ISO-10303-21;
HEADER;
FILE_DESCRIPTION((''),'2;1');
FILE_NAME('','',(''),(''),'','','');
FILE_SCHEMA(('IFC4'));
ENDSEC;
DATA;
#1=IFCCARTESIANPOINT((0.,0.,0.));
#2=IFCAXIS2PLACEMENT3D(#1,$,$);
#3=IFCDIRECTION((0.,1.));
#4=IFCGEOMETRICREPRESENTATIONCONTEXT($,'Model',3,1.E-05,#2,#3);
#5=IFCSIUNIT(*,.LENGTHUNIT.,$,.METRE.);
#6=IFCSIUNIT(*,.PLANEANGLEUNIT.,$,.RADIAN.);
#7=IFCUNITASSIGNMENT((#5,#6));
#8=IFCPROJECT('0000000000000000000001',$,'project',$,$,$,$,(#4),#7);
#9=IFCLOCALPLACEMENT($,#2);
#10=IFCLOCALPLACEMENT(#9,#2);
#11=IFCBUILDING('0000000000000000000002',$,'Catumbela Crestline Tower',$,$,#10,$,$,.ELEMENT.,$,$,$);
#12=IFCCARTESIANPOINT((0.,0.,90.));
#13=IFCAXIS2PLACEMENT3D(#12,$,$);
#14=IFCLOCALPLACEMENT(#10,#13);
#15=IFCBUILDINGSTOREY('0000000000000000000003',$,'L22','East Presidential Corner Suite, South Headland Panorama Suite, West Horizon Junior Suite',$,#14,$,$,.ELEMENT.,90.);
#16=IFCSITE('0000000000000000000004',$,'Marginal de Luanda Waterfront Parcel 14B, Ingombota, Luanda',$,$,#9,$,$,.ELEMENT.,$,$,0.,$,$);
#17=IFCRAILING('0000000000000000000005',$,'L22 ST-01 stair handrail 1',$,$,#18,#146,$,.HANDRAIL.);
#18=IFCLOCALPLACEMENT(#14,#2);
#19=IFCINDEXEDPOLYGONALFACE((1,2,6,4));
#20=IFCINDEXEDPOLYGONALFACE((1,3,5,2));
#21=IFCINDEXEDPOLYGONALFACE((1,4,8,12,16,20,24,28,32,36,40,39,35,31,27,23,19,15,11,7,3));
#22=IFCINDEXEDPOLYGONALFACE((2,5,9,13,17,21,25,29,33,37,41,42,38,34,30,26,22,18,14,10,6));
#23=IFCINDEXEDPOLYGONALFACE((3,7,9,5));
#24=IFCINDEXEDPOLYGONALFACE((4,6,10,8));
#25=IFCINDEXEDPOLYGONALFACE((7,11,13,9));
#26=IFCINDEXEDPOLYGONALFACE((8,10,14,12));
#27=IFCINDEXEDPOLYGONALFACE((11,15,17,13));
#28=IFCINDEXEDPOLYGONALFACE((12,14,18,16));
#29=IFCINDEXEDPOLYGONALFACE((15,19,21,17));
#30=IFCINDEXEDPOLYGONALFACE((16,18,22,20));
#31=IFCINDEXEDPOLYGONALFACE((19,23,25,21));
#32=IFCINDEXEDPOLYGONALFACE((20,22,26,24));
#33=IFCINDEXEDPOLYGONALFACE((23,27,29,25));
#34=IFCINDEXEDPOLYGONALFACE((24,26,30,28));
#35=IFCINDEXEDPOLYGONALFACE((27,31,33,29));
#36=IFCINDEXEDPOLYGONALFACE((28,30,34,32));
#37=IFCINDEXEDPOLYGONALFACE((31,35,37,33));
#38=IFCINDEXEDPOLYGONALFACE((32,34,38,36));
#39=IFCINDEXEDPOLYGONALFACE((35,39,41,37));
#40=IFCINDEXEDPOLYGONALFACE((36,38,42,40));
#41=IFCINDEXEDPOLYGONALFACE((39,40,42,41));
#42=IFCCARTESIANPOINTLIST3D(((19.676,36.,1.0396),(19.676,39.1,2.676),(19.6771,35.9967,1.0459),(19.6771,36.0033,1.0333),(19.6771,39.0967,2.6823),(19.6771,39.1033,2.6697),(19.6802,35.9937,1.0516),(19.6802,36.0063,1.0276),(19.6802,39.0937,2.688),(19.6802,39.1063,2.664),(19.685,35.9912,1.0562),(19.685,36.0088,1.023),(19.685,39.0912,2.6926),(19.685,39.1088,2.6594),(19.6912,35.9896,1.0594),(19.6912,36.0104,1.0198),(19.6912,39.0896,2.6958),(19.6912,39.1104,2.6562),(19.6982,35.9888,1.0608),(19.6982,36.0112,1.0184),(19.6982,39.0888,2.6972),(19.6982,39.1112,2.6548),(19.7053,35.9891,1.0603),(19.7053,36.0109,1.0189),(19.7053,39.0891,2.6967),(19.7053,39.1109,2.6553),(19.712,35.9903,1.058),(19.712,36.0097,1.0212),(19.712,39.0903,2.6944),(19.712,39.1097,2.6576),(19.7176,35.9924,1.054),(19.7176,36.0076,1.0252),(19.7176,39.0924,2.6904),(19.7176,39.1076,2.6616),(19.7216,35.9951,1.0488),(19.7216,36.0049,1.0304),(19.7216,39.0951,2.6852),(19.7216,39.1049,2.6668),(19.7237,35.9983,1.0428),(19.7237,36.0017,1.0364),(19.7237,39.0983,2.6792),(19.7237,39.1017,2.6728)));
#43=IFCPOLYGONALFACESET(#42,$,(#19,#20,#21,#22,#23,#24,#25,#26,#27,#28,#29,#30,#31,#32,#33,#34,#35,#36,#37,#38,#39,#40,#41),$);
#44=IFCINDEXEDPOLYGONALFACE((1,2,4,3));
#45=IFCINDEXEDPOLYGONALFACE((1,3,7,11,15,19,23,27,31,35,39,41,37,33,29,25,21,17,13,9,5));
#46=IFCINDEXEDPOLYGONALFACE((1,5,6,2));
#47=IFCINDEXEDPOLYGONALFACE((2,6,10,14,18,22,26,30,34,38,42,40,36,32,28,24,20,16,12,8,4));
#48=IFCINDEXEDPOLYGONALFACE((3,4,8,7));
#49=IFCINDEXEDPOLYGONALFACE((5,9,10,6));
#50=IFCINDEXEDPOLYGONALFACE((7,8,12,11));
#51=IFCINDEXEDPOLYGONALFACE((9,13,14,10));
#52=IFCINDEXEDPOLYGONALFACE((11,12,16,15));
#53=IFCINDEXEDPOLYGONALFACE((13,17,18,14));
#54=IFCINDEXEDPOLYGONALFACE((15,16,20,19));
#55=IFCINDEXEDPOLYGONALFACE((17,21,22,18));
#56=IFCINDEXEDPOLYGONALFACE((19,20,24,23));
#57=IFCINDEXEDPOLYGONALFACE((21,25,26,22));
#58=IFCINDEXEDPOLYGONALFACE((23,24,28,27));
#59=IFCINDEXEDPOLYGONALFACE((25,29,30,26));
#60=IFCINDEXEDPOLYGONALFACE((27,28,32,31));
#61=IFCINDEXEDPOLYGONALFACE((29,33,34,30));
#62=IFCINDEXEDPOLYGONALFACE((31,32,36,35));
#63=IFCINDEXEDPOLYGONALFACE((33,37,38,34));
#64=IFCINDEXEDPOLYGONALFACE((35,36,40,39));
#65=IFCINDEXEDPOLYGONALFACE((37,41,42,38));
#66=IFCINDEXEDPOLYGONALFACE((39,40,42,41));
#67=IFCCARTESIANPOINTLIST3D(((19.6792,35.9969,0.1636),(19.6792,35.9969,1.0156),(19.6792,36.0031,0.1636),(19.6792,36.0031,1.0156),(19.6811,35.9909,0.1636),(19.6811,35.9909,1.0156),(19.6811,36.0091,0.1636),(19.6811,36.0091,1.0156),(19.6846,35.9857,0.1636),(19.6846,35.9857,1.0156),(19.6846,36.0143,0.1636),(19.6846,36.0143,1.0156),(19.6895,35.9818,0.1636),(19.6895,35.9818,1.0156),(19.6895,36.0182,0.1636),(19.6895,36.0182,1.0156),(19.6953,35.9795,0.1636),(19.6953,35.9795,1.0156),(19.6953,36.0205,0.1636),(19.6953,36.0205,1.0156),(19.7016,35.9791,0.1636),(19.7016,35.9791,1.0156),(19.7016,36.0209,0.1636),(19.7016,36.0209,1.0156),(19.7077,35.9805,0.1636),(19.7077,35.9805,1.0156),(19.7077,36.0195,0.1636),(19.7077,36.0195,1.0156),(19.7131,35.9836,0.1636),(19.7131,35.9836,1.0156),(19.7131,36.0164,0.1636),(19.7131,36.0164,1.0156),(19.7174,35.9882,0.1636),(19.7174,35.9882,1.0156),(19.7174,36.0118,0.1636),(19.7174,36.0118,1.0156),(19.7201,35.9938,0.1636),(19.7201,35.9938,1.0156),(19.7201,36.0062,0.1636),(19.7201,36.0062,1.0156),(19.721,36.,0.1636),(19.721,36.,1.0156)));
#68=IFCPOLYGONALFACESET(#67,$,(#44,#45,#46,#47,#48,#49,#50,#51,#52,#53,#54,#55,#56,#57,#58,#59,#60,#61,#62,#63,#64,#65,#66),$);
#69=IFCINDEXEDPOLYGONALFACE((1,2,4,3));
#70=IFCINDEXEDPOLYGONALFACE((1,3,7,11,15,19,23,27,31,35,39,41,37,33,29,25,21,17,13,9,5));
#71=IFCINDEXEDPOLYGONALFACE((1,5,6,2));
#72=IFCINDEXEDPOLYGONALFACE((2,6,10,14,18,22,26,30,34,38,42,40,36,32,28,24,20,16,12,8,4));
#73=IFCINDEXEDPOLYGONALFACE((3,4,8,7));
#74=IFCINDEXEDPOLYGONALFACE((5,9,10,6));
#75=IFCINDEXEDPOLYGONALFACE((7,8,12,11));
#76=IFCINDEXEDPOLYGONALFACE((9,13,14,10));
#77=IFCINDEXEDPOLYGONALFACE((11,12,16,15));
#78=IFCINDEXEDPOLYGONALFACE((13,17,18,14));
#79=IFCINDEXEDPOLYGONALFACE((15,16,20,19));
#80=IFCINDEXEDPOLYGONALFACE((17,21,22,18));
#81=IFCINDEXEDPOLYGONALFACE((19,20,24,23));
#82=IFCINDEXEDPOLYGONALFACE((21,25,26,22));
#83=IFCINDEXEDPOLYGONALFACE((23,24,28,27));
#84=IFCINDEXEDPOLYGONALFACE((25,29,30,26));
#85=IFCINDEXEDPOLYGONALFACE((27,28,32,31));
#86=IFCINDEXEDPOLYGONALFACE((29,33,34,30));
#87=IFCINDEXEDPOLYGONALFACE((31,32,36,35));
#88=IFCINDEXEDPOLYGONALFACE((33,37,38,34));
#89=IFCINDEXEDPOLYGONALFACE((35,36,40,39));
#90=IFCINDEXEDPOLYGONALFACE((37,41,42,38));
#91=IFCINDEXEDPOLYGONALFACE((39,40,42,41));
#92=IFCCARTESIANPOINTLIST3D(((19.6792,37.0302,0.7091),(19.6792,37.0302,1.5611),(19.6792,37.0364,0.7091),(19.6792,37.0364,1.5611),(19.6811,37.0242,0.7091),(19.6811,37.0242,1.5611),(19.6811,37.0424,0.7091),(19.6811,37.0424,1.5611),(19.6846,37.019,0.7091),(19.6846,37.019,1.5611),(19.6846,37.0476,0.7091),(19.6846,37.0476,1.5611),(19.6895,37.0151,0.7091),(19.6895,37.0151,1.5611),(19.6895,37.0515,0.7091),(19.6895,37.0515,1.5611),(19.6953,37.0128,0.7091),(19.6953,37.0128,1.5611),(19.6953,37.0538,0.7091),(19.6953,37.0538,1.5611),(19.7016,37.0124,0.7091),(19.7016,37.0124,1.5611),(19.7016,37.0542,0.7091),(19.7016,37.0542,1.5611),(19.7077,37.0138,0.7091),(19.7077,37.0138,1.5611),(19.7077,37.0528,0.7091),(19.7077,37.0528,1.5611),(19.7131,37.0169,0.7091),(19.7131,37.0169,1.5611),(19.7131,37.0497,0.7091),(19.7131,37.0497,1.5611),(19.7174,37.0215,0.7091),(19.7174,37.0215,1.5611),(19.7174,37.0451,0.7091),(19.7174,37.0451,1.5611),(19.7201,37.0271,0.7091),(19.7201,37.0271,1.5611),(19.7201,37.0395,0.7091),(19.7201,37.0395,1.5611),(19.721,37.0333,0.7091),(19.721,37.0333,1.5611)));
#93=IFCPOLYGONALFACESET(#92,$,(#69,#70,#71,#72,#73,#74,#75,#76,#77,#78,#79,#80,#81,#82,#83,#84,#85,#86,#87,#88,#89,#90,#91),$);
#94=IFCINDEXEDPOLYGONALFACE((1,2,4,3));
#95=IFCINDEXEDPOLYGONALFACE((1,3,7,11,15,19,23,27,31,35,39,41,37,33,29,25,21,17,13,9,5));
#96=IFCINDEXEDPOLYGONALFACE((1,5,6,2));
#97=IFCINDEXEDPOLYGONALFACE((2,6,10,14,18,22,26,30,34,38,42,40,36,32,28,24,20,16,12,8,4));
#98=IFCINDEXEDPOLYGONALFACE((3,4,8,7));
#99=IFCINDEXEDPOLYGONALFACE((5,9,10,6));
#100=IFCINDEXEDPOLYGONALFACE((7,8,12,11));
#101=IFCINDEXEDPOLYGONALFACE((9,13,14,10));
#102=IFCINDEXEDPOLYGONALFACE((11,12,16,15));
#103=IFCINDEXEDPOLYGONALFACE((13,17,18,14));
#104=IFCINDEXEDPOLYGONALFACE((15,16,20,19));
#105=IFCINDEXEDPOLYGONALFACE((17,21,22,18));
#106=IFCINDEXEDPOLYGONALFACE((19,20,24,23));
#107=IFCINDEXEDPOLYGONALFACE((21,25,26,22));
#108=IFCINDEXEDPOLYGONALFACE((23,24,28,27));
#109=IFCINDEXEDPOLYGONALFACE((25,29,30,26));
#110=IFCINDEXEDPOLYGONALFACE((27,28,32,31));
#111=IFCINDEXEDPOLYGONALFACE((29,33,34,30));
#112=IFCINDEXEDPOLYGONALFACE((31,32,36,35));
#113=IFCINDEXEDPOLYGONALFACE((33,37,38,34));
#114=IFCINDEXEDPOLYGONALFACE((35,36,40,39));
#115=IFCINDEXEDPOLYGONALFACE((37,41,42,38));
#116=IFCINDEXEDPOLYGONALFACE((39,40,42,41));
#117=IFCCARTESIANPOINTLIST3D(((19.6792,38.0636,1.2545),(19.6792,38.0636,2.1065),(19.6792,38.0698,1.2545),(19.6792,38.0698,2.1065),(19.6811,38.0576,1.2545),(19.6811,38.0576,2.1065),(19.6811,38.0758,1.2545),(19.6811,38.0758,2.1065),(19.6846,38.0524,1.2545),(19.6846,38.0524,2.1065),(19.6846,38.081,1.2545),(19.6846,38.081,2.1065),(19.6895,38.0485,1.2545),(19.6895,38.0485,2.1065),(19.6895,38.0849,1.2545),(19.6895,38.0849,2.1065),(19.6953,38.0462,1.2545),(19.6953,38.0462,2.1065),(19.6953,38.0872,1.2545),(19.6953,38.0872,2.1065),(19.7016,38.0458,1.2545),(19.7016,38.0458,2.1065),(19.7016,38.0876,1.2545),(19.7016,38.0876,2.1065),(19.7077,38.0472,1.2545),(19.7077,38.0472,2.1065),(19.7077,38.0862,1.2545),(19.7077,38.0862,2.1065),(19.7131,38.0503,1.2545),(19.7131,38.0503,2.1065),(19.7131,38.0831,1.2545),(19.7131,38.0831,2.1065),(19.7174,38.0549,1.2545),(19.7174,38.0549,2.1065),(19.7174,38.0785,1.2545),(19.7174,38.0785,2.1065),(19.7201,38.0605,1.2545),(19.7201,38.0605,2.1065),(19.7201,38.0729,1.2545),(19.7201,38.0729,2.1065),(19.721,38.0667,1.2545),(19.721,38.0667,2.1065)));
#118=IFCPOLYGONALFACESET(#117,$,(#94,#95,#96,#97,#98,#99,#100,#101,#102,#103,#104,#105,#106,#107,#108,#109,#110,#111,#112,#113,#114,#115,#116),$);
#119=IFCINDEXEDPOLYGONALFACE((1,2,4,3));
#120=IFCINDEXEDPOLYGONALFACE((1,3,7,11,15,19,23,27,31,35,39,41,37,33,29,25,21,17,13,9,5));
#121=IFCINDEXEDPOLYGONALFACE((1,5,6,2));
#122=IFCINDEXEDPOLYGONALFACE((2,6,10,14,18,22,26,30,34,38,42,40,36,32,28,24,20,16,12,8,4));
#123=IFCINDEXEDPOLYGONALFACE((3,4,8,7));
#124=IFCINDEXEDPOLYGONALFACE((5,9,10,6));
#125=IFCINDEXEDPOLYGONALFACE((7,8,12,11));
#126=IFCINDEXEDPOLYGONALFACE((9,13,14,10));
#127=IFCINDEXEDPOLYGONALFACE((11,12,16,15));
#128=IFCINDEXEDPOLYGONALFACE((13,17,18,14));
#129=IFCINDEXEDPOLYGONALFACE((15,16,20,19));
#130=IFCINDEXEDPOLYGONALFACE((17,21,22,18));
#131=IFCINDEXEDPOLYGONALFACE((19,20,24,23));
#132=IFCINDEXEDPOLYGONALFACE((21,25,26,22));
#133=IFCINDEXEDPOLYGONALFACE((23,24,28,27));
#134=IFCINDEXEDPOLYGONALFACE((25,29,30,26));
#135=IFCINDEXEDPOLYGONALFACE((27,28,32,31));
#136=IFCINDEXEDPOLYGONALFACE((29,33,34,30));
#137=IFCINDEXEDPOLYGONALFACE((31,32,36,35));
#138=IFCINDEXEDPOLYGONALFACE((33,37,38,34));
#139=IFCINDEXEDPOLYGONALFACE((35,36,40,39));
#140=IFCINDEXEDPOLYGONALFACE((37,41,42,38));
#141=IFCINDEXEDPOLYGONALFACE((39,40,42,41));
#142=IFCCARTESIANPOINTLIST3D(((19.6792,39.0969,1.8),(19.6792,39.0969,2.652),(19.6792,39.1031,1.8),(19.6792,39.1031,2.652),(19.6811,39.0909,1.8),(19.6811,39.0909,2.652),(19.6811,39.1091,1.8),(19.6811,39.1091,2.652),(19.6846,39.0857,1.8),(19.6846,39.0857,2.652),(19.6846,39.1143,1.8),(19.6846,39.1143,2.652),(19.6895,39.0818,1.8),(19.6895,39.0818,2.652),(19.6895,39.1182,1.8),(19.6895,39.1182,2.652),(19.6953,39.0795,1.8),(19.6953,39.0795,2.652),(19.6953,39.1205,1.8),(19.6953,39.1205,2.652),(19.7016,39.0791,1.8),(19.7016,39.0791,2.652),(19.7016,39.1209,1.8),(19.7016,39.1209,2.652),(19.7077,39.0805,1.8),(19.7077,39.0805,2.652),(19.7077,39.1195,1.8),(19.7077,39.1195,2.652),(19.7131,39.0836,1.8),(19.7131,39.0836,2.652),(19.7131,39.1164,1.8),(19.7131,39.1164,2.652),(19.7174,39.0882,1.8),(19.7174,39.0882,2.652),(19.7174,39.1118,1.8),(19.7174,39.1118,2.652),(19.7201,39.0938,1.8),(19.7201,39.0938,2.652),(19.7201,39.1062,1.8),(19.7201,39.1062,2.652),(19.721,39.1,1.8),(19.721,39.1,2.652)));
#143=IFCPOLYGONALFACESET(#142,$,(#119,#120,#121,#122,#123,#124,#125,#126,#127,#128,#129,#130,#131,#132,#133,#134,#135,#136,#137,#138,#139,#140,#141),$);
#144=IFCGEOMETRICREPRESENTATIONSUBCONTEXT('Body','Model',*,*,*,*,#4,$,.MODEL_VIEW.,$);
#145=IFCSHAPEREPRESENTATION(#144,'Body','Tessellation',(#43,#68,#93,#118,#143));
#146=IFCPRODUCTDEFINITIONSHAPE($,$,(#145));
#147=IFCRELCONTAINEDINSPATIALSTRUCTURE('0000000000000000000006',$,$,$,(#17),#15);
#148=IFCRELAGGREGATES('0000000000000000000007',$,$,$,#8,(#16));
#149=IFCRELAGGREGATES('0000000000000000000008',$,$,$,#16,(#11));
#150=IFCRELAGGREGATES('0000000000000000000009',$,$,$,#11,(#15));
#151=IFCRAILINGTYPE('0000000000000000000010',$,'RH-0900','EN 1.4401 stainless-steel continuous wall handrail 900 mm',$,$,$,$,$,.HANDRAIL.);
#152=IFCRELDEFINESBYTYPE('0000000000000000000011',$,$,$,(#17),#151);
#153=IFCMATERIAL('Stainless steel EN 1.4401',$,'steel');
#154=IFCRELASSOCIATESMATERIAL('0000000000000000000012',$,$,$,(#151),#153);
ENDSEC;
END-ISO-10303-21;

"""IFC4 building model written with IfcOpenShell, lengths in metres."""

from ifc_helpers import new_model, si_unit, direction, frame, origin, origin_2d, place, context, subcontext, project, spatial, circle, extrude, material, type_object, element, save


model = new_model("IFC4")

# Units and contexts
model_context = context("Model", 3, precision=1e-05, world=origin(), true_north=direction((0.0, 1.0)))
body_context = subcontext(model_context, "Body", "Model", "MODEL_VIEW")
ifc_project = project(units=[si_unit("LENGTHUNIT", "METRE"), si_unit("PLANEANGLEUNIT", "RADIAN")], contexts=[model_context])

# Site, building, storey
site_placement = place(None, origin())
site = spatial("IfcSite", under=ifc_project, at=site_placement, Name="Marginal de Luanda Waterfront Parcel 14B, Ingombota, Luanda", CompositionType="ELEMENT", RefElevation=0.0)
building_placement = place(site_placement, origin())
building = spatial("IfcBuilding", under=site, at=building_placement, Name="Catumbela Crestline Tower", CompositionType="ELEMENT")
storey_placement = place(building_placement, frame((0.0, 0.0, 90.0)))
storey = spatial("IfcBuildingStorey", under=building, at=storey_placement, Name="L22", Description="East Presidential Corner Suite, South Headland Panorama Suite, West Horizon Junior Suite", CompositionType="ELEMENT", Elevation=90.0)

# Shared definitions
ifc_material_1 = material(Name="Stainless steel EN 1.4401", Category="steel")

# Railing
railing_type = type_object("IfcRailingType", Name="RH-0900", Description="EN 1.4401 stainless-steel continuous wall handrail 900 mm", PredefinedType="HANDRAIL", material=ifc_material_1)
railing_placement = place(storey_placement, frame((19.7, 36.0, 0.1636)))
element("IfcRailing", 1, at=railing_placement, inside=storey, type_object=railing_type, Name="L22 ST-01 stair handrail 1", PredefinedType="HANDRAIL", context=body_context, shape_type="SweptSolid", body=[
    extrude(circle(Radius=0.024, at=origin_2d()), frame((0.0, 0.0, 0.876), z_axis=(0.0, 0.884351, 0.466823), x_axis=(-1.0, 0.0, 0.0)), (0.0, 0.0, 1.0), 3.5054),
    extrude(circle(Radius=0.021, at=origin_2d()), origin(), (0.0, 0.0, 1.0), 0.852),
    extrude(circle(Radius=0.021, at=origin_2d()), frame((0.0, 1.0333, 0.5455)), (0.0, 0.0, 1.0), 0.852),
    extrude(circle(Radius=0.021, at=origin_2d()), frame((0.0, 2.0667, 1.0909)), (0.0, 0.0, 1.0), 0.852),
    extrude(circle(Radius=0.021, at=origin_2d()), frame((0.0, 3.1, 1.6364)), (0.0, 0.0, 1.0), 0.852),
])

save(model, "model.ifc")
